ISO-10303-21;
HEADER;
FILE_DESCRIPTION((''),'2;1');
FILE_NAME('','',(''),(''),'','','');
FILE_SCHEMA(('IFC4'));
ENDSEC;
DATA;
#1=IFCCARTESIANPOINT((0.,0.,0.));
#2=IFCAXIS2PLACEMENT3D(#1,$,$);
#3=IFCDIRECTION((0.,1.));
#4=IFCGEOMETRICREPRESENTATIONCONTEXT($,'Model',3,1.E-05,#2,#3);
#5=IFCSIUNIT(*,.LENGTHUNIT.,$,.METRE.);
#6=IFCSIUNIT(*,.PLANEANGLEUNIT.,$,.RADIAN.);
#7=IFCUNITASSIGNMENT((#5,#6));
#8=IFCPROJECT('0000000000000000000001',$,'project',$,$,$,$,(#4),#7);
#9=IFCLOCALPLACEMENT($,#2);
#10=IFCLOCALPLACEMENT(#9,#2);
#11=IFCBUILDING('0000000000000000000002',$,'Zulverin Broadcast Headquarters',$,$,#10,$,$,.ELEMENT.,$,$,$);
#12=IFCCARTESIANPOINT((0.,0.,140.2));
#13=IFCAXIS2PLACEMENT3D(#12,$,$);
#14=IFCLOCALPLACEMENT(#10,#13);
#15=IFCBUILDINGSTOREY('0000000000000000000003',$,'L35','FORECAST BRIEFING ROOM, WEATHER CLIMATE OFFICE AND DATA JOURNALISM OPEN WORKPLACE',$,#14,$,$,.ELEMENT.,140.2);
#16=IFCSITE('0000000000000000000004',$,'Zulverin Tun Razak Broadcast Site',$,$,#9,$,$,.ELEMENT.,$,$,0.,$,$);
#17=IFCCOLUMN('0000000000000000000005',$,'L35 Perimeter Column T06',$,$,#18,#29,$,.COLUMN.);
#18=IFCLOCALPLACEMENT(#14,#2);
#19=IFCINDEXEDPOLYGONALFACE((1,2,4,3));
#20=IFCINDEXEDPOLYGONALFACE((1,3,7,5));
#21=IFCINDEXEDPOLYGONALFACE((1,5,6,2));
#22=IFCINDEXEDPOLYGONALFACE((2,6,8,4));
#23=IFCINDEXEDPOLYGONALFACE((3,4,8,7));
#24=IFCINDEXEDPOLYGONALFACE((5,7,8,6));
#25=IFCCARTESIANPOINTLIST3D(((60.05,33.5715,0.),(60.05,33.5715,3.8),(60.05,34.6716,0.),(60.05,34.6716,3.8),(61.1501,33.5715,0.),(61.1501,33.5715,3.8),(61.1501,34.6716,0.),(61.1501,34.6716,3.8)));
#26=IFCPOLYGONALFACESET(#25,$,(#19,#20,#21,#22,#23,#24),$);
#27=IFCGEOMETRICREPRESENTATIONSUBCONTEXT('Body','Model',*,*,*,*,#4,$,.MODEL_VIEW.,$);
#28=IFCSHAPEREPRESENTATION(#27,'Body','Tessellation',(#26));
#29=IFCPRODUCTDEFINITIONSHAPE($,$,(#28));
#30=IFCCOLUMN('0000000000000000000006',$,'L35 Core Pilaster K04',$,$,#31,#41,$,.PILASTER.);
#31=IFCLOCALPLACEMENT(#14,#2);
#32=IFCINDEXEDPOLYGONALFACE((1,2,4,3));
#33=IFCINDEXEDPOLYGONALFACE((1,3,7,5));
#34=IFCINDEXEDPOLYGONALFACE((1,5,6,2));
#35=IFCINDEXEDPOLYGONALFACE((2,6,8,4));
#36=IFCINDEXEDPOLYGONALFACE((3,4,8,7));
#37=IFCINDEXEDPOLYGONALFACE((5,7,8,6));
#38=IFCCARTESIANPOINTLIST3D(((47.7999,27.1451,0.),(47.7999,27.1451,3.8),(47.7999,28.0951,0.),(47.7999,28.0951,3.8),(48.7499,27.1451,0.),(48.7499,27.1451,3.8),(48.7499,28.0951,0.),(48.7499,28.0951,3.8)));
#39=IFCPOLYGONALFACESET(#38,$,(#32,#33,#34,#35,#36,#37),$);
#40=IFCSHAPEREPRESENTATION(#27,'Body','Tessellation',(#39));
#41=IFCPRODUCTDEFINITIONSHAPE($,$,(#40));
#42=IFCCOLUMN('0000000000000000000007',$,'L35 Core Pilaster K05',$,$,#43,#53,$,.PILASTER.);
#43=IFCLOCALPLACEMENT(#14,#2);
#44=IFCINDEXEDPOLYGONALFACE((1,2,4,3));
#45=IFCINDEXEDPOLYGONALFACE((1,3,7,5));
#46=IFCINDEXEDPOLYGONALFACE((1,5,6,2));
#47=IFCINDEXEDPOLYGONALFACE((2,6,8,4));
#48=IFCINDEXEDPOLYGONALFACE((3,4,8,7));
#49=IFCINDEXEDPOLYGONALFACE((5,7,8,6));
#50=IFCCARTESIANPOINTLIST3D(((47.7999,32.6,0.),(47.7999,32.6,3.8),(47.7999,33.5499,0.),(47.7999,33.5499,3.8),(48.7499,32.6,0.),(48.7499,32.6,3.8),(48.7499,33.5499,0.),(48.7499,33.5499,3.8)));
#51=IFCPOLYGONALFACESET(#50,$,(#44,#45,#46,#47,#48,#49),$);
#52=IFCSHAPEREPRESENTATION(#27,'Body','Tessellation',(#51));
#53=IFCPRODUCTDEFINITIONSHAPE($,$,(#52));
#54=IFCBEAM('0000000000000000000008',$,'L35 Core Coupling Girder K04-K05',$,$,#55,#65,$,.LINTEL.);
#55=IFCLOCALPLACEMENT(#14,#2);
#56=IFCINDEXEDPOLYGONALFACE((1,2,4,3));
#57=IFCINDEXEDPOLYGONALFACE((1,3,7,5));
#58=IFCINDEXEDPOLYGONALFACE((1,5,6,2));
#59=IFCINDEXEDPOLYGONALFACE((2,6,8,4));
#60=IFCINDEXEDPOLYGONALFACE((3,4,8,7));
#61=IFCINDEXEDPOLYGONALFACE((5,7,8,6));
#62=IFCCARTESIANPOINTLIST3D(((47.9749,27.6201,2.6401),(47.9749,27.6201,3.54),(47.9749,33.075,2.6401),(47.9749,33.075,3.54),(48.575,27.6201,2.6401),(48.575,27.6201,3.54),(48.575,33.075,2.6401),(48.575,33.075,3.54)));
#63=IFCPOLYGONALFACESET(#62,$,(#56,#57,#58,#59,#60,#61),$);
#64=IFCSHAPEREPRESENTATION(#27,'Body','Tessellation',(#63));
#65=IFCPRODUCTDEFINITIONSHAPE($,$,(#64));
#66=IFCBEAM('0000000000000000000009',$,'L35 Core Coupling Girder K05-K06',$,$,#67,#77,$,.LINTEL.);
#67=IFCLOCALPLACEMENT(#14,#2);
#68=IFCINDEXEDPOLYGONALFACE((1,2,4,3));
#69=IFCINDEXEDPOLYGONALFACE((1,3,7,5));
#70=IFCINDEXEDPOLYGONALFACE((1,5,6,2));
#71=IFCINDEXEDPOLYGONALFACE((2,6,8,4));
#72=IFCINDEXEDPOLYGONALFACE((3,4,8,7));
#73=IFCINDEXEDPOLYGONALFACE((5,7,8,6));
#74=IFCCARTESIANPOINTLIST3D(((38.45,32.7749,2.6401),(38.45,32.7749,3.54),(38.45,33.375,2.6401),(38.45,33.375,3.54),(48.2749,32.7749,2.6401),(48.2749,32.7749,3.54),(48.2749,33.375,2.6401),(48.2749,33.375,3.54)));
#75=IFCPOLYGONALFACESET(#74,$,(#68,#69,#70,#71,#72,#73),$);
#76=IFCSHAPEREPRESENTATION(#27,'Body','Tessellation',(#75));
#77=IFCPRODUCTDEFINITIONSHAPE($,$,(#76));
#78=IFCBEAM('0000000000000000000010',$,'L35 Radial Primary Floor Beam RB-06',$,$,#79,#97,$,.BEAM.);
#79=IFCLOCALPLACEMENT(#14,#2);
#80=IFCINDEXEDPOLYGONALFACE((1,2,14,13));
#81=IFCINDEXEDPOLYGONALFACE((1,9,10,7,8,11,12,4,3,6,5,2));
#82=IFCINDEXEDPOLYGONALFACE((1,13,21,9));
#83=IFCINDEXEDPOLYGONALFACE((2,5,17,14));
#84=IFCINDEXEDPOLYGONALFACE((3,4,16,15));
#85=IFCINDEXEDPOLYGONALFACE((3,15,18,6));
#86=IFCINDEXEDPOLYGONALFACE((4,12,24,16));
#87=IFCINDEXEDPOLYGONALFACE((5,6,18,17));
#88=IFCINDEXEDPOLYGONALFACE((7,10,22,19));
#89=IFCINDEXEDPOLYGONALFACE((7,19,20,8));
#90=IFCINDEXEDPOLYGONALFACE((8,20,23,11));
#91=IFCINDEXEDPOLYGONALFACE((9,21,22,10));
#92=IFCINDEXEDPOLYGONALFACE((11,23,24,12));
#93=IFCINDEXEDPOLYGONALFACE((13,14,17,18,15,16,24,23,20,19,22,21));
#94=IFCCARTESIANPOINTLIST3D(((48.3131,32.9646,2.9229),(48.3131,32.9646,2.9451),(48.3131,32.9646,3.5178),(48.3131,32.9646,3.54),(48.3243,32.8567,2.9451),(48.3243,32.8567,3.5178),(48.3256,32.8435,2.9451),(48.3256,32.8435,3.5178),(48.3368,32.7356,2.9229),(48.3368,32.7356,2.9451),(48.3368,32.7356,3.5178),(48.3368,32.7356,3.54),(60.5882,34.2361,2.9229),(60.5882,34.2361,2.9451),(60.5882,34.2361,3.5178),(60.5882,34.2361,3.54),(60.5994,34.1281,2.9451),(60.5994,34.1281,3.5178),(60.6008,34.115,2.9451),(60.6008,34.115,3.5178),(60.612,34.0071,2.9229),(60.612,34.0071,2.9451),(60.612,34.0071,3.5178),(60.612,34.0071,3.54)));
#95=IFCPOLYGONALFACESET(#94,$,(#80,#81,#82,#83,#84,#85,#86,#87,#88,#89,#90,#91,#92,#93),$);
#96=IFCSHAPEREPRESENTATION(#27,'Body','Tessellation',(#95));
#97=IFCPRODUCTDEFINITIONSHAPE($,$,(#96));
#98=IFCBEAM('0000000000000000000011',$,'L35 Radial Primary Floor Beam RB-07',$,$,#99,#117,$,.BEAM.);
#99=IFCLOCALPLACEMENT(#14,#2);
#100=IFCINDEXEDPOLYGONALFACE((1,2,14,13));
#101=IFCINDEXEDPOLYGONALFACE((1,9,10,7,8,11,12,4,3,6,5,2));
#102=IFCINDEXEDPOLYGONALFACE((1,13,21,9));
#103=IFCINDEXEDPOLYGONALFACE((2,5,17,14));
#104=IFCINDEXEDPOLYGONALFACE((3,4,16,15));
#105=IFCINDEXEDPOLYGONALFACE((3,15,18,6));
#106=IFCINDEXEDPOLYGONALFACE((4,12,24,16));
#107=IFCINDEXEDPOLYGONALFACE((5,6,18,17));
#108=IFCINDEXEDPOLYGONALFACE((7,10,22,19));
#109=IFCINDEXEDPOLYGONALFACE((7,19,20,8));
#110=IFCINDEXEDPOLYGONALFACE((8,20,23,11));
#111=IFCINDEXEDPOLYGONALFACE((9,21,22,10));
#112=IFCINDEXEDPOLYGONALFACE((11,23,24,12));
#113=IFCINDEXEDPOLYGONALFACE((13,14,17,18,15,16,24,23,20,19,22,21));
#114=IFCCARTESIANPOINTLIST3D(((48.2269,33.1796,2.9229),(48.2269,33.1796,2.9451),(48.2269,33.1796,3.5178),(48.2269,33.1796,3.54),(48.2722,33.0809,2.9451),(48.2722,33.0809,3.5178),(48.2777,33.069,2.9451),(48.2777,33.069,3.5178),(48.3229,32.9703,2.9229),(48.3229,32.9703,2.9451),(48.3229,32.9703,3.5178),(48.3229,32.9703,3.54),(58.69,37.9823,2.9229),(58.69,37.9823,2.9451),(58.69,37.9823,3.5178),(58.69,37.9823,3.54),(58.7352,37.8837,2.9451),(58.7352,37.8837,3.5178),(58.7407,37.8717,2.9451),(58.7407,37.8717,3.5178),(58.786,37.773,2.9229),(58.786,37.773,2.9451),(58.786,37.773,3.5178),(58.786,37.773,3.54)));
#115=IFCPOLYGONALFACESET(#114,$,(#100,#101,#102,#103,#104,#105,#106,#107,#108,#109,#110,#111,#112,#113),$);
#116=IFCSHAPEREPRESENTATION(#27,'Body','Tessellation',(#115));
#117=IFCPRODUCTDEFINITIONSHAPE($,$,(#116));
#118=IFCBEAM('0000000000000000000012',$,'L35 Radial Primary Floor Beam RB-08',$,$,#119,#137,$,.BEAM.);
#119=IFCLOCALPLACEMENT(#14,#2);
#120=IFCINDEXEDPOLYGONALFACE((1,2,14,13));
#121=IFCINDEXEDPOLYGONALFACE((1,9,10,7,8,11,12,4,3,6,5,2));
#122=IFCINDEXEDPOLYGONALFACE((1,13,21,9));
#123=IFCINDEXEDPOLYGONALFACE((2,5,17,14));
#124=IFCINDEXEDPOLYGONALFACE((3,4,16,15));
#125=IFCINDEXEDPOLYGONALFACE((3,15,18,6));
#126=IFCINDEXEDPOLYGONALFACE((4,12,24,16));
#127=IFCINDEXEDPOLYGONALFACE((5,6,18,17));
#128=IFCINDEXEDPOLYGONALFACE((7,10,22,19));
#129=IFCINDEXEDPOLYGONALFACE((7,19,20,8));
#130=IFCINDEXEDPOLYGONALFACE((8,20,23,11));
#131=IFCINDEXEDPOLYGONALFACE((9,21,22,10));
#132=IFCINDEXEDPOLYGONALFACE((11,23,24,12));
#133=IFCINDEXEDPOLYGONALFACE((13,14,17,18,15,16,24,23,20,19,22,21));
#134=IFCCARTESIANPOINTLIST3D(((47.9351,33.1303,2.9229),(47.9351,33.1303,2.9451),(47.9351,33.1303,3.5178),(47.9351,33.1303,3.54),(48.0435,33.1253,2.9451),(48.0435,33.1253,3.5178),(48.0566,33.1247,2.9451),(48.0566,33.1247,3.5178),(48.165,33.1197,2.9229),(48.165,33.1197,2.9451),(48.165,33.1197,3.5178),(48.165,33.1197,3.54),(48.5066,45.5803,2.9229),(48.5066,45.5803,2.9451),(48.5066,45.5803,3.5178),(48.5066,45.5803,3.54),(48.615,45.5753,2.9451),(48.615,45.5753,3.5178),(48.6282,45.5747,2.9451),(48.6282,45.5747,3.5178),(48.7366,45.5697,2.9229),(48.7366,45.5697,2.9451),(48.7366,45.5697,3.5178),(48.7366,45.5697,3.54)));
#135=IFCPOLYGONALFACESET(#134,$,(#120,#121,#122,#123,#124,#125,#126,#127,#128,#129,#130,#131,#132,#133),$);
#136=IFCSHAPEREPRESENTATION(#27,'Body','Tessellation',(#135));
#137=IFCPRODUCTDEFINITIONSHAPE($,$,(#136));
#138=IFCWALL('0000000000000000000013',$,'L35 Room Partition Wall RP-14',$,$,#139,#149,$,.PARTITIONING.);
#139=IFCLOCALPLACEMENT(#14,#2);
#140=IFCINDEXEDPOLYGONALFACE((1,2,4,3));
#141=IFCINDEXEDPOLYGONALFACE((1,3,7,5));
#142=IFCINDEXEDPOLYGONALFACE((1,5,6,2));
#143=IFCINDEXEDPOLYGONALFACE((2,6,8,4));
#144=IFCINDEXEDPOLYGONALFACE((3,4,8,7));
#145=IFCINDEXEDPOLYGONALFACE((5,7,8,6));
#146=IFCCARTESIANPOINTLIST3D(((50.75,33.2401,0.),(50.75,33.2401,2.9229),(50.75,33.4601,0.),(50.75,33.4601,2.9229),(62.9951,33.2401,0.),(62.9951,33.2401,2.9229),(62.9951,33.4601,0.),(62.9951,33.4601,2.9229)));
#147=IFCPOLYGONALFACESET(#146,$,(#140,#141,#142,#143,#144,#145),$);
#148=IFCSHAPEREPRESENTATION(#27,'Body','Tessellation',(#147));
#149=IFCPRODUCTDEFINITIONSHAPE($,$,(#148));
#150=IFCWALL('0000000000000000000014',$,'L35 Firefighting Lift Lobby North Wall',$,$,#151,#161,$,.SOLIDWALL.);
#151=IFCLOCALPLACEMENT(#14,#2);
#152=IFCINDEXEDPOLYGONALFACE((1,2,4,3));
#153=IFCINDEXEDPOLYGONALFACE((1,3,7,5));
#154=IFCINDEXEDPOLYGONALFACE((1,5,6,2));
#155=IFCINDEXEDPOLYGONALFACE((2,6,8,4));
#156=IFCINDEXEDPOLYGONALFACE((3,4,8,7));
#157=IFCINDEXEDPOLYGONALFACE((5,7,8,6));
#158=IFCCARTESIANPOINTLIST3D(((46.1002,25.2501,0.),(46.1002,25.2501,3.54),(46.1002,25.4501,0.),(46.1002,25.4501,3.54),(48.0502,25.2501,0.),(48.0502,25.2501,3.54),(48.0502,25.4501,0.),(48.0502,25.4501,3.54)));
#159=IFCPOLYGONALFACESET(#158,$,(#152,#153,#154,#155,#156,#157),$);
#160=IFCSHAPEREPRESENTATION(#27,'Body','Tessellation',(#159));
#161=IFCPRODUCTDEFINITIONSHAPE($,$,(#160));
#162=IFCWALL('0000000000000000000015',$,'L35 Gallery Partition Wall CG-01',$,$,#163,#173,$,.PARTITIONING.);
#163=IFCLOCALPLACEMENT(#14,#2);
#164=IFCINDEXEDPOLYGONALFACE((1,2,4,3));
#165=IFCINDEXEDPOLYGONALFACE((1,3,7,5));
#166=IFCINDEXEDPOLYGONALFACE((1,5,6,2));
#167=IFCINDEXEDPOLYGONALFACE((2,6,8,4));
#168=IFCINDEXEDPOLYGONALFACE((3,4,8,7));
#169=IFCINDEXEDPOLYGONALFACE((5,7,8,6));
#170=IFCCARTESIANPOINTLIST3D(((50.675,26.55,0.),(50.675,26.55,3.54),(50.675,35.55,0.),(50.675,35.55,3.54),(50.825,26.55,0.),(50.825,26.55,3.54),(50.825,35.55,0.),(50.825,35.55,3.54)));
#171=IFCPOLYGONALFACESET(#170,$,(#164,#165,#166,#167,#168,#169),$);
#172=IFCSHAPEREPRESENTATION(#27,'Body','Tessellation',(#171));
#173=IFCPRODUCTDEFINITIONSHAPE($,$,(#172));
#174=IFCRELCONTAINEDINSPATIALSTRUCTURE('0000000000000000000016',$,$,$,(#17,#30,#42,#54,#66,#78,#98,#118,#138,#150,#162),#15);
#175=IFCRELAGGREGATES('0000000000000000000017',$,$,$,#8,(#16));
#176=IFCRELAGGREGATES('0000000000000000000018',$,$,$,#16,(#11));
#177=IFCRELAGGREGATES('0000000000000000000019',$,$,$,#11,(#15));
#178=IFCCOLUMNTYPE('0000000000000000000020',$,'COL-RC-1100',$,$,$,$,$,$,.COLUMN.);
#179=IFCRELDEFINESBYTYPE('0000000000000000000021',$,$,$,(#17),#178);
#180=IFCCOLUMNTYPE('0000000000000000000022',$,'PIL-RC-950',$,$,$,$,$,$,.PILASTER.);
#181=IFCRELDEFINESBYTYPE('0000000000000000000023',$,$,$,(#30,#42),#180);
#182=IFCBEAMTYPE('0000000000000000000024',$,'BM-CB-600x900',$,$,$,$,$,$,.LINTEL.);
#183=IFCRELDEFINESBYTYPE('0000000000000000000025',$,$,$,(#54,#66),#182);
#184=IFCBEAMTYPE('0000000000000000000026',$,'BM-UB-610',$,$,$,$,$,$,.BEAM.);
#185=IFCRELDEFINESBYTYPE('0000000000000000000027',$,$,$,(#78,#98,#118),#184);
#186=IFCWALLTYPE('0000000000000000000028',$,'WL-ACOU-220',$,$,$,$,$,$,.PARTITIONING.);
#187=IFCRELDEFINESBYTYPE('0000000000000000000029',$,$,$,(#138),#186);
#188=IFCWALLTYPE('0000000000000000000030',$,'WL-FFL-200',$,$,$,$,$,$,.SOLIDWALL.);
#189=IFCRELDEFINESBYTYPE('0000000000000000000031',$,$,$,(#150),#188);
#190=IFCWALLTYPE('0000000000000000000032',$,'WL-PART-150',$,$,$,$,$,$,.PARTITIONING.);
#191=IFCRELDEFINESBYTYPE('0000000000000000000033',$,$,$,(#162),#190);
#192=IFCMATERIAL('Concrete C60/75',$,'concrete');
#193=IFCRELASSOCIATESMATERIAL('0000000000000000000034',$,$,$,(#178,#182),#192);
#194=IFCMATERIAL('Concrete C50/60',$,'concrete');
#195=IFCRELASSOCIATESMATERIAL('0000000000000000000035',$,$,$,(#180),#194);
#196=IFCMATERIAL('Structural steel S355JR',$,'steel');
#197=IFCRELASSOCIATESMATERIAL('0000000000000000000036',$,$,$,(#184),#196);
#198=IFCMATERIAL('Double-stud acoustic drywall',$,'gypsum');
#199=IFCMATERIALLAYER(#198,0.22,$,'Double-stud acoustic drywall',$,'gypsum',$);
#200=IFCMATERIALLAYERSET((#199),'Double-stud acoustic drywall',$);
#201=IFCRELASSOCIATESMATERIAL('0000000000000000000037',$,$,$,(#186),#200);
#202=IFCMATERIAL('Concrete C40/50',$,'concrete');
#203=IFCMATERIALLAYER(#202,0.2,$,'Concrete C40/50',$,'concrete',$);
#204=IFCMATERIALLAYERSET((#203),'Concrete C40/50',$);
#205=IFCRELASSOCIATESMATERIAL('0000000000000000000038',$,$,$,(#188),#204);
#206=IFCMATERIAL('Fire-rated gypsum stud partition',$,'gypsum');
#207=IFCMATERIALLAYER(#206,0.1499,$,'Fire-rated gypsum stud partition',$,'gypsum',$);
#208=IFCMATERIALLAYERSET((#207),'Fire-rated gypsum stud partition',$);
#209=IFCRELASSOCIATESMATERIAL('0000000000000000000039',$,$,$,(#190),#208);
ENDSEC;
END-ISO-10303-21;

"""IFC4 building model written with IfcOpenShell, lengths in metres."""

from ifc_helpers import new_model, si_unit, direction, frame, frame_2d, origin, origin_2d, place, context, subcontext, project, spatial, rectangle, i_section, extrude, material, layer, layer_set, material_profile, profile_set, type_object, element, save


model = new_model("IFC4")

# Units and contexts
model_context = context("Model", 3, precision=1e-05, world=origin(), true_north=direction((0.0, 1.0)))
body_context = subcontext(model_context, "Body", "Model", "MODEL_VIEW")
ifc_project = project(units=[si_unit("LENGTHUNIT", "METRE"), si_unit("PLANEANGLEUNIT", "RADIAN")], contexts=[model_context])

# Site, building, storey
site_placement = place(None, origin())
site = spatial("IfcSite", under=ifc_project, at=site_placement, Name="Zulverin Tun Razak Broadcast Site", CompositionType="ELEMENT", RefElevation=0.0)
building_placement = place(site_placement, origin())
building = spatial("IfcBuilding", under=site, at=building_placement, Name="Zulverin Broadcast Headquarters", CompositionType="ELEMENT")
storey_placement = place(building_placement, frame((0.0, 0.0, 140.2)))
storey = spatial("IfcBuildingStorey", under=building, at=storey_placement, Name="L35", Description="FORECAST BRIEFING ROOM, WEATHER CLIMATE OFFICE AND DATA JOURNALISM OPEN WORKPLACE", CompositionType="ELEMENT", Elevation=140.2)

# Columns
ifc_material_1 = material(Name="Concrete C60/75", Category="concrete")
ifc_material_profile_1 = material_profile(ifc_material_1, rectangle(XDim=1.1001, YDim=1.1001, at=origin_2d()), Name="Concrete C60/75", Category="concrete")
ifc_profile_set_1 = profile_set([ifc_material_profile_1], Name="Concrete C60/75")
column_type_1 = type_object("IfcColumnType", Name="COL-RC-1100", PredefinedType="COLUMN", material=ifc_profile_set_1)
column_placement = place(storey_placement, frame((60.6001, 34.1216, 0.0), z_axis=(0.0, 0.0, 1.0), x_axis=(1.0, 0.0, 0.0)))
element("IfcColumn", 1, at=column_placement, inside=storey, type_object=column_type_1, Name="L35 Perimeter Column T06", PredefinedType="COLUMN", context=body_context, shape_type="SweptSolid", body=[
    extrude(rectangle(XDim=1.1001, YDim=1.1001, at=origin_2d()), origin(), (0.0, 0.0, 1.0), 3.8),
])
ifc_material_2 = material(Name="Concrete C50/60", Category="concrete")
ifc_material_profile_2 = material_profile(ifc_material_2, rectangle(XDim=0.95, YDim=0.95, at=origin_2d()), Name="Concrete C50/60", Category="concrete")
ifc_profile_set_2 = profile_set([ifc_material_profile_2], Name="Concrete C50/60")
column_type_2 = type_object("IfcColumnType", Name="PIL-RC-950", PredefinedType="PILASTER", material=ifc_profile_set_2)
for number, where, z_axis, x_axis, name in (
    (2, (48.2749, 27.6201, 0.0), (0.0, 0.0, 1.0), (1.0, 0.0, 0.0), "L35 Core Pilaster K04"),
    (3, (48.2749, 33.075, 0.0), (0.0, 0.0, 1.0), (1.0, 0.0, 0.0), "L35 Core Pilaster K05"),
):
    element("IfcColumn", number, at=place(storey_placement, frame(where, z_axis=z_axis, x_axis=x_axis)), inside=storey, type_object=column_type_2, Name=name, PredefinedType="PILASTER", context=body_context, shape_type="SweptSolid", body=[
        extrude(rectangle(XDim=0.95, YDim=0.95, at=origin_2d()), origin(), (0.0, 0.0, 1.0), 3.8),
    ])

# Beams
ifc_material_profile_3 = material_profile(ifc_material_1, rectangle(XDim=0.6001, YDim=0.8999, at=origin_2d()), Name="Concrete C60/75", Category="concrete")
ifc_profile_set_3 = profile_set([ifc_material_profile_3], Name="Concrete C60/75")
beam_type_1 = type_object("IfcBeamType", Name="BM-CB-600x900", PredefinedType="LINTEL", material=ifc_profile_set_3)
beam_1_placement = place(storey_placement, frame((48.2749, 27.6201, 3.0901), z_axis=(0.0, 1.0, 0.0), x_axis=(-1.0, 0.0, 0.0)))
element("IfcBeam", 4, at=beam_1_placement, inside=storey, type_object=beam_type_1, Name="L35 Core Coupling Girder K04-K05", PredefinedType="LINTEL", context=body_context, shape_type="SweptSolid", body=[
    extrude(rectangle(XDim=0.6001, YDim=0.8999, at=origin_2d()), origin(), (0.0, 0.0, 1.0), 5.4548),
])
beam_2_placement = place(storey_placement, frame((48.2749, 33.075, 3.0901), z_axis=(-1.0, 0.0, 0.0), x_axis=(0.0, -1.0, 0.0)))
element("IfcBeam", 5, at=beam_2_placement, inside=storey, type_object=beam_type_1, Name="L35 Core Coupling Girder K05-K06", PredefinedType="LINTEL", context=body_context, shape_type="SweptSolid", body=[
    extrude(rectangle(XDim=0.6001, YDim=0.8999, at=origin_2d()), origin(), (0.0, 0.0, 1.0), 9.825),
])
ifc_material_3 = material(Name="Structural steel S355JR", Category="steel")
ifc_material_profile_4 = material_profile(ifc_material_3, i_section(OverallWidth=0.2302, OverallDepth=0.6172, WebThickness=0.0132, FlangeThickness=0.0222, at=origin_2d()), Name="Structural steel S355JR", Category="steel")
ifc_profile_set_4 = profile_set([ifc_material_profile_4], Name="Structural steel S355JR")
beam_type_2 = type_object("IfcBeamType", Name="BM-UB-610", PredefinedType="BEAM", material=ifc_profile_set_4)
beam_3_placement = place(storey_placement, frame((48.325, 32.8501, 3.2314), z_axis=(0.994678, 0.103031, 0.0), x_axis=(-0.103031, 0.994678, 0.0)))
element("IfcBeam", 6, at=beam_3_placement, inside=storey, type_object=beam_type_2, Name="L35 Radial Primary Floor Beam RB-06", PredefinedType="BEAM", context=body_context, shape_type="SweptSolid", body=[
    extrude(i_section(OverallWidth=0.2302, OverallDepth=0.6172, WebThickness=0.0132, FlangeThickness=0.0222, at=origin_2d()), origin(), (0.0, 0.0, 1.0), 12.3408),
])
beam_4_placement = place(storey_placement, frame((48.2749, 33.075, 3.2314), z_axis=(0.90883, 0.417167, 0.0), x_axis=(-0.417167, 0.90883, 0.0)))
element("IfcBeam", 7, at=beam_4_placement, inside=storey, type_object=beam_type_2, Name="L35 Radial Primary Floor Beam RB-07", PredefinedType="BEAM", context=body_context, shape_type="SweptSolid", body=[
    extrude(i_section(OverallWidth=0.2302, OverallDepth=0.6172, WebThickness=0.0132, FlangeThickness=0.0222, at=origin_2d()), origin(), (0.0, 0.0, 1.0), 11.5127),
])
beam_5_placement = place(storey_placement, frame((48.05, 33.125, 3.2314), z_axis=(0.045858, 0.998948, 0.0), x_axis=(-0.998948, 0.045858, 0.0)))
element("IfcBeam", 8, at=beam_5_placement, inside=storey, type_object=beam_type_2, Name="L35 Radial Primary Floor Beam RB-08", PredefinedType="BEAM", context=body_context, shape_type="SweptSolid", body=[
    extrude(i_section(OverallWidth=0.2302, OverallDepth=0.6172, WebThickness=0.0132, FlangeThickness=0.0222, at=origin_2d()), origin(), (0.0, 0.0, 1.0), 12.4631),
])

# Walls
ifc_material_4 = material(Name="Double-stud acoustic drywall", Category="gypsum")
ifc_layer_1 = layer(ifc_material_4, 0.22, Name="Double-stud acoustic drywall", Category="gypsum")
ifc_layer_set_1 = layer_set([ifc_layer_1], Name="Double-stud acoustic drywall")
wall_type_1 = type_object("IfcWallType", Name="WL-ACOU-220", PredefinedType="PARTITIONING", material=ifc_layer_set_1)
wall_1_placement = place(storey_placement, frame((50.75, 33.3501, 0.0), z_axis=(0.0, 0.0, 1.0), x_axis=(1.0, 0.0, 0.0)))
element("IfcWall", 9, at=wall_1_placement, inside=storey, type_object=wall_type_1, Name="L35 Room Partition Wall RP-14", PredefinedType="PARTITIONING", context=body_context, shape_type="SweptSolid", body=[
    extrude(rectangle(XDim=12.2451, YDim=0.22, at=frame_2d((6.1226, 0.0))), origin(), (0.0, 0.0, 1.0), 2.9229),
])
ifc_material_5 = material(Name="Concrete C40/50", Category="concrete")
ifc_layer_2 = layer(ifc_material_5, 0.2, Name="Concrete C40/50", Category="concrete")
ifc_layer_set_2 = layer_set([ifc_layer_2], Name="Concrete C40/50")
wall_type_2 = type_object("IfcWallType", Name="WL-FFL-200", PredefinedType="SOLIDWALL", material=ifc_layer_set_2)
wall_2_placement = place(storey_placement, frame((46.1001, 25.3501, 0.0), z_axis=(0.0, 0.0, 1.0), x_axis=(1.0, 0.0, 0.0)))
element("IfcWall", 10, at=wall_2_placement, inside=storey, type_object=wall_type_2, Name="L35 Firefighting Lift Lobby North Wall", PredefinedType="SOLIDWALL", context=body_context, shape_type="SweptSolid", body=[
    extrude(rectangle(XDim=1.95, YDim=0.2, at=frame_2d((0.9751, 0.0))), origin(), (0.0, 0.0, 1.0), 3.54),
])
ifc_material_6 = material(Name="Fire-rated gypsum stud partition", Category="gypsum")
ifc_layer_3 = layer(ifc_material_6, 0.1499, Name="Fire-rated gypsum stud partition", Category="gypsum")
ifc_layer_set_3 = layer_set([ifc_layer_3], Name="Fire-rated gypsum stud partition")
wall_type_3 = type_object("IfcWallType", Name="WL-PART-150", PredefinedType="PARTITIONING", material=ifc_layer_set_3)
wall_3_placement = place(storey_placement, frame((50.75, 26.55, 0.0), z_axis=(0.0, 0.0, 1.0), x_axis=(0.0, 1.0, 0.0)))
element("IfcWall", 11, at=wall_3_placement, inside=storey, type_object=wall_type_3, Name="L35 Gallery Partition Wall CG-01", PredefinedType="PARTITIONING", context=body_context, shape_type="SweptSolid", body=[
    extrude(rectangle(XDim=9.0, YDim=0.1499, at=frame_2d((4.5, 0.0))), origin(), (0.0, 0.0, 1.0), 3.54),
])

save(model, "model.ifc")
